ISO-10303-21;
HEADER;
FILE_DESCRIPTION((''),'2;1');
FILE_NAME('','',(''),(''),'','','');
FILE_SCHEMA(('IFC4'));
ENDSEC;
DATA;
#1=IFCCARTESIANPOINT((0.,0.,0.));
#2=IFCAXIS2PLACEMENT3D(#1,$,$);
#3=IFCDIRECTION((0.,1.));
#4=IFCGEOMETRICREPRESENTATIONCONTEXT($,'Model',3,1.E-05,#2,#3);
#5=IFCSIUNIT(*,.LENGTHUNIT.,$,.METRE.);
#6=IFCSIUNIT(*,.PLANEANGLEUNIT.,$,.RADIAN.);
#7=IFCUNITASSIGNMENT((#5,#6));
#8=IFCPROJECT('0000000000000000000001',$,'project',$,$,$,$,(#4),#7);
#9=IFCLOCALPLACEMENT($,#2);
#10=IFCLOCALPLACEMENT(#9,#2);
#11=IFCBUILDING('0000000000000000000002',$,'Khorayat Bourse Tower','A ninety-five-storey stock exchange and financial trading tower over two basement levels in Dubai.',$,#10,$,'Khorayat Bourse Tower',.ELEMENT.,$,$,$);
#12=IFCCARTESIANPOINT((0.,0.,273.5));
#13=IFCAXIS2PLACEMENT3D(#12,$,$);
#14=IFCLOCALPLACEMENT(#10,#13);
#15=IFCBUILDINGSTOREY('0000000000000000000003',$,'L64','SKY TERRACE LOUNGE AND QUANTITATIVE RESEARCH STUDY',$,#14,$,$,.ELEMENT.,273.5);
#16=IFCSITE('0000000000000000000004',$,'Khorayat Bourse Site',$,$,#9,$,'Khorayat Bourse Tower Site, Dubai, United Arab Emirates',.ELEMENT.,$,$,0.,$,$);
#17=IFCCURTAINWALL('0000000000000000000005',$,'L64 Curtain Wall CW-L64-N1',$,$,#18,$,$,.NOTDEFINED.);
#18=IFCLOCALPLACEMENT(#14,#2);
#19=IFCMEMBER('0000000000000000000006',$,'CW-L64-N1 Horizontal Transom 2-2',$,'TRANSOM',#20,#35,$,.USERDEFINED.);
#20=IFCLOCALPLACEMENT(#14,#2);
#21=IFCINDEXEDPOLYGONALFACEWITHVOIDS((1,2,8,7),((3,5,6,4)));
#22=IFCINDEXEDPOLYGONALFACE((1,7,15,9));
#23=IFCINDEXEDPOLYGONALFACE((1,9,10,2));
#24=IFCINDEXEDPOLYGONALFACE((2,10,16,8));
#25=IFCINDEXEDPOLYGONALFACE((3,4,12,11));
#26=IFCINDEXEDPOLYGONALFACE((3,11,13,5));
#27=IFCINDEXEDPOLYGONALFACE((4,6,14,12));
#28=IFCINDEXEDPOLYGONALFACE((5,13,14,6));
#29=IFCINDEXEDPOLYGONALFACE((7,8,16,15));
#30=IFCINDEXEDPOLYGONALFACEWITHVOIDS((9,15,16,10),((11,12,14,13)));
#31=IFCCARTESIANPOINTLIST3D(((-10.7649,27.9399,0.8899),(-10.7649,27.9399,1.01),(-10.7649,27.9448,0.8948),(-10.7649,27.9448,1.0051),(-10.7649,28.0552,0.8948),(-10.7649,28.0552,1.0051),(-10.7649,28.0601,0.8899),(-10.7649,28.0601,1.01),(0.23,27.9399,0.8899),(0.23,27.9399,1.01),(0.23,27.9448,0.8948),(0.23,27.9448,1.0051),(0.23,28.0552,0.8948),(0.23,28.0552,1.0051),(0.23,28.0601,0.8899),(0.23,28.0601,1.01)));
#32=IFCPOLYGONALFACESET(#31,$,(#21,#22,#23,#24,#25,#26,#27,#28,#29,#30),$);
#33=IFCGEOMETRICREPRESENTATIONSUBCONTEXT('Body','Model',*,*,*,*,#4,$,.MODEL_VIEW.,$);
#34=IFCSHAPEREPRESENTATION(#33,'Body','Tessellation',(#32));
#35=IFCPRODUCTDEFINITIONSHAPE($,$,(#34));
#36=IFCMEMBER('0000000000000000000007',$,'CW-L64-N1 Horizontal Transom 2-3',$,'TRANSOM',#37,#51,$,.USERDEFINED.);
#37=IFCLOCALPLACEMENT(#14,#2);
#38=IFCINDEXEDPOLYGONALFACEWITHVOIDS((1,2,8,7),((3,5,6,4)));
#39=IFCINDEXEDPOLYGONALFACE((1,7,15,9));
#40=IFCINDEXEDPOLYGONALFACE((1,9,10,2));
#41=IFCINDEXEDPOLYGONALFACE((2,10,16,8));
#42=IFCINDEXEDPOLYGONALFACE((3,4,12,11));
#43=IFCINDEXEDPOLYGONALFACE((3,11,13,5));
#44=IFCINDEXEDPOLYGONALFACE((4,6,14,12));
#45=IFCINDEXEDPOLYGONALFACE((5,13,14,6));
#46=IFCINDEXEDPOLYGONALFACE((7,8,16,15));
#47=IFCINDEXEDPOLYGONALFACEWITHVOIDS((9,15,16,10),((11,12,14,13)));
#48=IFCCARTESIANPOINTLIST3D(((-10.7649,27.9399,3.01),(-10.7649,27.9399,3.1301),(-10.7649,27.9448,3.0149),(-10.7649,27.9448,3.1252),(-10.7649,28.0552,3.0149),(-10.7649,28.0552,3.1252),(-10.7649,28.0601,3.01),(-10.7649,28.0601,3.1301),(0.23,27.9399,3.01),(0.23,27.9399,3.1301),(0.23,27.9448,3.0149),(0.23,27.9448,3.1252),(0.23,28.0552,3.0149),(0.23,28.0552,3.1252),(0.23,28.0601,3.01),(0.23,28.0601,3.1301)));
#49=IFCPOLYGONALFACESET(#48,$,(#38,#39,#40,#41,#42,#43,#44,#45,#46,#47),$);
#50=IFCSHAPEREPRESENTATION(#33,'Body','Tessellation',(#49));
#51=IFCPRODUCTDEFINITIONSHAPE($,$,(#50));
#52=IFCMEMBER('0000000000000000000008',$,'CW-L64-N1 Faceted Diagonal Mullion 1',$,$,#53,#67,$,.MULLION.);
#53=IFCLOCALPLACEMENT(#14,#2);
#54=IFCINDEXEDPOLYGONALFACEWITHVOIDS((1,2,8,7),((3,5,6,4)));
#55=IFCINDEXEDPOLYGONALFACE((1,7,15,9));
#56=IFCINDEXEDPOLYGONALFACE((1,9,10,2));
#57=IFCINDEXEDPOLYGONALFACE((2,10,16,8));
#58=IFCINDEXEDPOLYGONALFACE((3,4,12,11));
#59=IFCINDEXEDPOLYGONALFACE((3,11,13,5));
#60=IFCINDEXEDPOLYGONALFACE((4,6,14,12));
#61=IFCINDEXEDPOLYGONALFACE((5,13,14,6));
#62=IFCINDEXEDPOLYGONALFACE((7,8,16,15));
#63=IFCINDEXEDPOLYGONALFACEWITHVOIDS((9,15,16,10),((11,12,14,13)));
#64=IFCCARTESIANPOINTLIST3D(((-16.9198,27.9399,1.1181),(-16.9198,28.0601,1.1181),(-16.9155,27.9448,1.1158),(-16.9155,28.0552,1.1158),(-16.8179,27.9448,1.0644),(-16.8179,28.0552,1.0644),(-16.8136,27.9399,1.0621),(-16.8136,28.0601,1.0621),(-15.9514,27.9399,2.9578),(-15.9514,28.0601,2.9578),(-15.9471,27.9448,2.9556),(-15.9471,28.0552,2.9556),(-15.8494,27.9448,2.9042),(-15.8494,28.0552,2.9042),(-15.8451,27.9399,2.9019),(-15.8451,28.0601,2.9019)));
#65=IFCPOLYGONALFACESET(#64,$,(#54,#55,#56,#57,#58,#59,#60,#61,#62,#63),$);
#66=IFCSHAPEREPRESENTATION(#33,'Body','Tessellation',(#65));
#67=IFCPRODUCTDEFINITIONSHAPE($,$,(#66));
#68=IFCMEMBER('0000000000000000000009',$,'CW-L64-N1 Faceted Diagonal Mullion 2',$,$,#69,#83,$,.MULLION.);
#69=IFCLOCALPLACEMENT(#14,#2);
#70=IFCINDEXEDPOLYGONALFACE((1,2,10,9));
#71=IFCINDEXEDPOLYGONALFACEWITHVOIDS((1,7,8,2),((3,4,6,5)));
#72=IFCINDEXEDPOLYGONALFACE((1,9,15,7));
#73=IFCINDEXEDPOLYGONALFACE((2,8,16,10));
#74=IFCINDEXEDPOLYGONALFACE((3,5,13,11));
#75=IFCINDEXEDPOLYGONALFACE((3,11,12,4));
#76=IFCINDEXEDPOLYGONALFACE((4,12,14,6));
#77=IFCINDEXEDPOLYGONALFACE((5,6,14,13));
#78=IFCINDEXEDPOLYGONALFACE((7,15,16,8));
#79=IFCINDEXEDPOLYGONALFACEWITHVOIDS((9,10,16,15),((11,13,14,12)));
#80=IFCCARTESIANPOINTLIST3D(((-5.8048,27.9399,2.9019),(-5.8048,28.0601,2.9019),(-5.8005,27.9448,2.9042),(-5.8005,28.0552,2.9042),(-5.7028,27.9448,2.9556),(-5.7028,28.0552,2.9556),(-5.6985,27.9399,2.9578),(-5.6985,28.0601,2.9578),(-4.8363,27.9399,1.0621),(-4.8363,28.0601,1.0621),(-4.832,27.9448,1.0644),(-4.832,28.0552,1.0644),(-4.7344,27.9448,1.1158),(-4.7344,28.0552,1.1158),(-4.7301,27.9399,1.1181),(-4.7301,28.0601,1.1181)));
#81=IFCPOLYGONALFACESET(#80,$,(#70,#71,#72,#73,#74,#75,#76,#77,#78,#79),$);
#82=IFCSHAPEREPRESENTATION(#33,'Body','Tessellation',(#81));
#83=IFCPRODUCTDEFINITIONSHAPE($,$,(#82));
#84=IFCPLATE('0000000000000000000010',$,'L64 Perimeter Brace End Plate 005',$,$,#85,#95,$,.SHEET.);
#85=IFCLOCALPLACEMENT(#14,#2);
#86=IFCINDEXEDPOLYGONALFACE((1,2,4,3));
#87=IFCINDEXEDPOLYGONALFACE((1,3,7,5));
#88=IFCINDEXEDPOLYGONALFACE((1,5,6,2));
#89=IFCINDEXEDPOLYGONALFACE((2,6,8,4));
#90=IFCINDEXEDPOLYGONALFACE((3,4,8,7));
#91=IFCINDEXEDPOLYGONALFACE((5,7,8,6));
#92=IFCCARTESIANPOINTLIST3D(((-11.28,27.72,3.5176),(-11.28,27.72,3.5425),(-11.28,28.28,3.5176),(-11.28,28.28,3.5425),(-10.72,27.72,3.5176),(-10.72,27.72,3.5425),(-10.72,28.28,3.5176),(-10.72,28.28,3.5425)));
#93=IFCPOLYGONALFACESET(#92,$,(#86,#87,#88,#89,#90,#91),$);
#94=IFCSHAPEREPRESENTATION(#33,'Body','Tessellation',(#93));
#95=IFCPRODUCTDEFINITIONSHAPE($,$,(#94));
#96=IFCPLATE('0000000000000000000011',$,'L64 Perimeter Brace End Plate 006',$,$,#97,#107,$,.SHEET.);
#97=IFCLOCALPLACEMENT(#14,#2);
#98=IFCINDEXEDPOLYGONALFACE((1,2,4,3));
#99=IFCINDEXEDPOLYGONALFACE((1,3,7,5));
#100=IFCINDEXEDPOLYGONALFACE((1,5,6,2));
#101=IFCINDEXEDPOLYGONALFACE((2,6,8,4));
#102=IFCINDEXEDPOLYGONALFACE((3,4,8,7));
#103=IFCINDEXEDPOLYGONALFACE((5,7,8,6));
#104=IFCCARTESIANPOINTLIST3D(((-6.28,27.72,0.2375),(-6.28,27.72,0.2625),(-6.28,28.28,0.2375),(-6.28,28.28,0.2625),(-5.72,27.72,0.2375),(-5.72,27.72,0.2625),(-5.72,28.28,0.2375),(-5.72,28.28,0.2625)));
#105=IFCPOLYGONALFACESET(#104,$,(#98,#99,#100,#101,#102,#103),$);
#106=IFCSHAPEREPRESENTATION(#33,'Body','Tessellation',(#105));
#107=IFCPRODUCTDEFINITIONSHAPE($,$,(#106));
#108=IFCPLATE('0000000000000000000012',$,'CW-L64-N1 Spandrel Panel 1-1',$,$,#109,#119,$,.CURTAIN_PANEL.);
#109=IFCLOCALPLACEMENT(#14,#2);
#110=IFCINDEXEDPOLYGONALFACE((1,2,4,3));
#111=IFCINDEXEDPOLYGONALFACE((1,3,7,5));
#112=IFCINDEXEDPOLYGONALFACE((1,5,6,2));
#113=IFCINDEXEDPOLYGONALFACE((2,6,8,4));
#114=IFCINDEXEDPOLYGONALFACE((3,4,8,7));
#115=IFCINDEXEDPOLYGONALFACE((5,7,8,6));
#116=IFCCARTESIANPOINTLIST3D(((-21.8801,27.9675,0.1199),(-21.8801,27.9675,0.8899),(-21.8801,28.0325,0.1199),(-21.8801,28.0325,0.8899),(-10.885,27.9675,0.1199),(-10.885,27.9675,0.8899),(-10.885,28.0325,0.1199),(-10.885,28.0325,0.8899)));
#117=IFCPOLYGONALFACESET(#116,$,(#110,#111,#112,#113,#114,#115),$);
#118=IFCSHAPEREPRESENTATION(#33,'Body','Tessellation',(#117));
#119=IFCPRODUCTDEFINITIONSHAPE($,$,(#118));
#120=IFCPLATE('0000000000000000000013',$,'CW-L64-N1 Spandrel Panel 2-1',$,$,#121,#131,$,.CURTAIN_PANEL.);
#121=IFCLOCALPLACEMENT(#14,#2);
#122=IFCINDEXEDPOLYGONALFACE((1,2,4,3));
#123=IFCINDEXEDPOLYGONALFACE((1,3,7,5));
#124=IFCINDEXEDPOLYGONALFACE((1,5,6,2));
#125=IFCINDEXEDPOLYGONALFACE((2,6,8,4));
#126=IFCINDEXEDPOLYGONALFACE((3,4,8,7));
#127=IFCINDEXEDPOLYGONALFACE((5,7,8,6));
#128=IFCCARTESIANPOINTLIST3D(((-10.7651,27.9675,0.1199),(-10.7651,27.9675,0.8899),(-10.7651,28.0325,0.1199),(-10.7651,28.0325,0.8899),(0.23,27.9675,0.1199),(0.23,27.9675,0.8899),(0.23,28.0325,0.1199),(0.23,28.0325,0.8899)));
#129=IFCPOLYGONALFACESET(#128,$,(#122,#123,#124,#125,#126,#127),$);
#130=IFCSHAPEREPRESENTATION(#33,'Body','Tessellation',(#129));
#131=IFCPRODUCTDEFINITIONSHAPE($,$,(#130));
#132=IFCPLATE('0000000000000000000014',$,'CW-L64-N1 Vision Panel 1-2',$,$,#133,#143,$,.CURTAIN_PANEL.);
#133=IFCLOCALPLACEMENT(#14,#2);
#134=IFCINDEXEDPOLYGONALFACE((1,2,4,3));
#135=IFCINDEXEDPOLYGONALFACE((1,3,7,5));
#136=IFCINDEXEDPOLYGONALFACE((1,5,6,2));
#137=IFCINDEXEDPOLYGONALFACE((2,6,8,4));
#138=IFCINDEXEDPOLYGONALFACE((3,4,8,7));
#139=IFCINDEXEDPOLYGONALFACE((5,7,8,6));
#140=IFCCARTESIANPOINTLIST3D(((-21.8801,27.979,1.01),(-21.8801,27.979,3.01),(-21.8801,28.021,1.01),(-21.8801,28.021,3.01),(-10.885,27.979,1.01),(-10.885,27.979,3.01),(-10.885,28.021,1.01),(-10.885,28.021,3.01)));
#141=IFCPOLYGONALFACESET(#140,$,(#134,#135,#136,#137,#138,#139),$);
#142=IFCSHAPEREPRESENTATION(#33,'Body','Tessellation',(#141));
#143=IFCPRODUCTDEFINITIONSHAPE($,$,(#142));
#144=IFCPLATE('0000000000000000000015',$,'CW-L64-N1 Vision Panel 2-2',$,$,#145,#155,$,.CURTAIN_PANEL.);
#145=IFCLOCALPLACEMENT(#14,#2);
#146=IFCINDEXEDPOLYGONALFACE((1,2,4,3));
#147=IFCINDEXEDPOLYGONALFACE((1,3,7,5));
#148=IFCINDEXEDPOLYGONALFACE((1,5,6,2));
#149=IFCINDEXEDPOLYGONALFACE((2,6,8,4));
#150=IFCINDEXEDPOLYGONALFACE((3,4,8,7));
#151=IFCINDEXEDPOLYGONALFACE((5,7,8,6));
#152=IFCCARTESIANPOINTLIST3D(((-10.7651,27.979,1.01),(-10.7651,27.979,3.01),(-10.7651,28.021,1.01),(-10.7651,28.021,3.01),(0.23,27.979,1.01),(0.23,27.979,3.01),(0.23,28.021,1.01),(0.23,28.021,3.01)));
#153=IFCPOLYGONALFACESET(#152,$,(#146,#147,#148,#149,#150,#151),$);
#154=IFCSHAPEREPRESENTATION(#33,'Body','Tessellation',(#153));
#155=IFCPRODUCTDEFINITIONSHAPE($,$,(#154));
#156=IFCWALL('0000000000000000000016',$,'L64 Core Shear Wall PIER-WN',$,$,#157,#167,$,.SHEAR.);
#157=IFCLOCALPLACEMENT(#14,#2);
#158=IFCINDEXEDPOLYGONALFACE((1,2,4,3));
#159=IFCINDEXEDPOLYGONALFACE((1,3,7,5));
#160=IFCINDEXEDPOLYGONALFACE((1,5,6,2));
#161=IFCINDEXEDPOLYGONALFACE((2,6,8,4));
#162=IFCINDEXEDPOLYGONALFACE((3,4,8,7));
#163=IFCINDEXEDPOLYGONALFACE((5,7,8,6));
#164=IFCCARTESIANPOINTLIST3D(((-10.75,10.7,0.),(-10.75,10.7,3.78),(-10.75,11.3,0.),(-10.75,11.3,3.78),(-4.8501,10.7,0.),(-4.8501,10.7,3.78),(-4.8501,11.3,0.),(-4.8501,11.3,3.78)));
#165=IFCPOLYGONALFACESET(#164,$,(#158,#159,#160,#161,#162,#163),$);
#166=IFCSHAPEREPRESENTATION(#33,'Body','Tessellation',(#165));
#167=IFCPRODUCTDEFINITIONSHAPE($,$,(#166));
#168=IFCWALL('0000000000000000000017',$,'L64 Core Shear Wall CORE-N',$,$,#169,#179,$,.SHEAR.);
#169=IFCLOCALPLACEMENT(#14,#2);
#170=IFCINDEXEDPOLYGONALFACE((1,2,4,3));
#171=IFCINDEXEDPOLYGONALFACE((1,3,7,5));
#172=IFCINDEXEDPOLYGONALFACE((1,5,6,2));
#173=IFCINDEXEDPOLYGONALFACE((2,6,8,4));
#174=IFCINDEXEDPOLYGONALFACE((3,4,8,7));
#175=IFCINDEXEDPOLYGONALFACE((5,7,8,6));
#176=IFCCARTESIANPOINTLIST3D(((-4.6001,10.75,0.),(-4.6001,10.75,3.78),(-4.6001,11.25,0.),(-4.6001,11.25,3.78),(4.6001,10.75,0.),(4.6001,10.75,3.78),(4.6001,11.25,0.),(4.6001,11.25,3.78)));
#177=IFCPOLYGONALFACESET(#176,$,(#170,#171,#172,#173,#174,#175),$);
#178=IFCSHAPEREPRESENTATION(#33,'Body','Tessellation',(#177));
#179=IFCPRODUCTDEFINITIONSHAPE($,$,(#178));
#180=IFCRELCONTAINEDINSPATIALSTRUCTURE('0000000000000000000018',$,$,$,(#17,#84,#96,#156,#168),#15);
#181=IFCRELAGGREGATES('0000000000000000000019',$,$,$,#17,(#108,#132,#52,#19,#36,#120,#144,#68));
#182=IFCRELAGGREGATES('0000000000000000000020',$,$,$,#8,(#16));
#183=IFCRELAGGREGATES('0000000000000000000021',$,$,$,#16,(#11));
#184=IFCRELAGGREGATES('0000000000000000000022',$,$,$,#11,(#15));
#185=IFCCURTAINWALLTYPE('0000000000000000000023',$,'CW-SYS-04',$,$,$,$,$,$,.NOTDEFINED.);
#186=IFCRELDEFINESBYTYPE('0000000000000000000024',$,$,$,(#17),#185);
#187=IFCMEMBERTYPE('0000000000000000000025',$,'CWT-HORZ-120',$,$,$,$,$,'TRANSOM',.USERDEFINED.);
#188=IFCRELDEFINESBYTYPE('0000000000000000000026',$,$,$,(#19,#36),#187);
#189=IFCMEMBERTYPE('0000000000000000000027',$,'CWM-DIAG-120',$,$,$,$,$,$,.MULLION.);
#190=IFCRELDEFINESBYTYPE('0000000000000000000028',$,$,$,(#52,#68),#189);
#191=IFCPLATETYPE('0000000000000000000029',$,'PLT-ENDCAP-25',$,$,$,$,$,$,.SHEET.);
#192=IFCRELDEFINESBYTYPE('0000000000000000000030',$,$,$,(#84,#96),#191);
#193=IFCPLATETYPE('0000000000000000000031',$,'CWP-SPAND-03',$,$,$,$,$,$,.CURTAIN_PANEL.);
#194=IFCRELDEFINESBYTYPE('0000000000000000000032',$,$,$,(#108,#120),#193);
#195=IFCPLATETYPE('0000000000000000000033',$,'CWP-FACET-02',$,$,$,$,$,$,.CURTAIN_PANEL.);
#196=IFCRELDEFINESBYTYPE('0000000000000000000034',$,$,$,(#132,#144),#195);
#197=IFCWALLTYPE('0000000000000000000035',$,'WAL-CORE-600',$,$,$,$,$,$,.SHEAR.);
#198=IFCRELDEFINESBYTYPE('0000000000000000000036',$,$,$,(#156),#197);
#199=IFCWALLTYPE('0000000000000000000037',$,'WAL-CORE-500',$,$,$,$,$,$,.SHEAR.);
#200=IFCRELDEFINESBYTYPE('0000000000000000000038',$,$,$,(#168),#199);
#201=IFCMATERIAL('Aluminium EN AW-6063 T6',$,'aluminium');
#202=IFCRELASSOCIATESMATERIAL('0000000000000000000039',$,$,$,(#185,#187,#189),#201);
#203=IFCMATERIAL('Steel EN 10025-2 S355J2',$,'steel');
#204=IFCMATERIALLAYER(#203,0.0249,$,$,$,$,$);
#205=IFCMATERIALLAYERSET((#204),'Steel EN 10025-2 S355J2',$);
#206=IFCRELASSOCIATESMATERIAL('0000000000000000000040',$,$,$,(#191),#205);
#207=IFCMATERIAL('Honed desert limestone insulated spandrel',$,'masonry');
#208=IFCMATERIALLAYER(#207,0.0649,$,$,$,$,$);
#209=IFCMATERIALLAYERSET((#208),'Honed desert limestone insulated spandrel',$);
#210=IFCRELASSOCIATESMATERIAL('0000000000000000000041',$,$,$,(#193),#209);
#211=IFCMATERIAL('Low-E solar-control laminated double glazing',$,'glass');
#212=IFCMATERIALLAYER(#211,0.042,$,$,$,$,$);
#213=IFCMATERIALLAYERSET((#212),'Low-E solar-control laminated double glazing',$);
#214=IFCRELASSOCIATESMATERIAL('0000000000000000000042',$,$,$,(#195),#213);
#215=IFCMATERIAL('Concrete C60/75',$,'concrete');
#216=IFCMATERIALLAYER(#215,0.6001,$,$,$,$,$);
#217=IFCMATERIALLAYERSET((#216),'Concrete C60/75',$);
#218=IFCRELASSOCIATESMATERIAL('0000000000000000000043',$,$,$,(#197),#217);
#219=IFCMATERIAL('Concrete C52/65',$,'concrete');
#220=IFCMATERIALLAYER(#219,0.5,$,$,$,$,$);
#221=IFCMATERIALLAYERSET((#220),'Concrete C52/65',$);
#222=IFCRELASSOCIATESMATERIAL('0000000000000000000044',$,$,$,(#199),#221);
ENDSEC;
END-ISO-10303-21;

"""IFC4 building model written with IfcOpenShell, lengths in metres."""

from ifc_helpers import new_model, si_unit, direction, frame, frame_2d, origin, origin_2d, place, context, subcontext, project, spatial, rectangle, hollow_rectangle, extrude, source, transform, mapped, material, layer, layer_set, material_profile, profile_set, type_object, element, aggregate, save


model = new_model("IFC4")

# Units and contexts
model_context = context("Model", 3, precision=1e-05, world=origin(), true_north=direction((0.0, 1.0)))
body_context = subcontext(model_context, "Body", "Model", "MODEL_VIEW")
ifc_project = project(units=[si_unit("LENGTHUNIT", "METRE"), si_unit("PLANEANGLEUNIT", "RADIAN")], contexts=[model_context])

# Site, building, storey
site_placement = place(None, origin())
site = spatial("IfcSite", under=ifc_project, at=site_placement, Name="Khorayat Bourse Site", LongName="Khorayat Bourse Tower Site, Dubai, United Arab Emirates", CompositionType="ELEMENT", RefElevation=0.0)
building_placement = place(site_placement, origin())
building = spatial("IfcBuilding", under=site, at=building_placement, Name="Khorayat Bourse Tower", Description="A ninety-five-storey stock exchange and financial trading tower over two basement levels in Dubai.", LongName="Khorayat Bourse Tower", CompositionType="ELEMENT")
storey_placement = place(building_placement, frame((0.0, 0.0, 273.5)))
storey = spatial("IfcBuildingStorey", under=building, at=storey_placement, Name="L64", Description="SKY TERRACE LOUNGE AND QUANTITATIVE RESEARCH STUDY", CompositionType="ELEMENT", Elevation=273.5)

# Shared definitions
ifc_material_1 = material(Name="Concrete C52/65", Category="concrete")

# Shared definitions
ifc_material_2 = material(Name="Concrete C60/75", Category="concrete")

# Curtain wall, members
ifc_material_3 = material(Name="Aluminium EN AW-6063 T6", Category="aluminium")
curtain_wall_type = type_object("IfcCurtainWallType", Name="CW-SYS-04", PredefinedType="NOTDEFINED", material=ifc_material_3)
curtain_wall_placement = place(storey_placement, origin())
curtain_wall = element("IfcCurtainWall", 1, at=curtain_wall_placement, inside=storey, type_object=curtain_wall_type, Name="L64 Curtain Wall CW-L64-N1", PredefinedType="NOTDEFINED")
ifc_material_profile_1 = material_profile(ifc_material_3, hollow_rectangle(XDim=0.1201, YDim=0.1201, WallThickness=0.0049, at=origin_2d()), Name="ALU 120x120x5")
ifc_profile_set_1 = profile_set([ifc_material_profile_1], Name="Aluminium EN AW-6063 T6")
member_type_1 = type_object("IfcMemberType", Name="CWT-HORZ-120", ElementType="TRANSOM", PredefinedType="USERDEFINED", material=ifc_profile_set_1)
shared_shape_1 = source(origin(), body_context, "Body", "SweptSolid", [
    extrude(hollow_rectangle(XDim=0.1201, YDim=0.1201, WallThickness=0.0049, at=origin_2d()), origin(), (0.0, 0.0, 1.0), 10.9949),
])
member_1_placement = place(storey_placement, frame((-10.7649, 28.0, 0.95), z_axis=(1.0, 0.0, 0.0), x_axis=(0.0, 1.0, 0.0)))
member_1 = element("IfcMember", 2, at=member_1_placement, type_object=member_type_1, Name="CW-L64-N1 Horizontal Transom 2-2", ObjectType="TRANSOM", PredefinedType="USERDEFINED", context=body_context, shape_type="MappedRepresentation", body=[
    mapped(shared_shape_1, transform((0.0, 0.0, 0.0), scale=1.0)),
])
member_2_placement = place(storey_placement, frame((-10.7649, 28.0, 3.0701), z_axis=(1.0, 0.0, 0.0), x_axis=(0.0, 1.0, 0.0)))
member_2 = element("IfcMember", 3, at=member_2_placement, type_object=member_type_1, Name="CW-L64-N1 Horizontal Transom 2-3", ObjectType="TRANSOM", PredefinedType="USERDEFINED", context=body_context, shape_type="MappedRepresentation", body=[
    mapped(shared_shape_1, transform((0.0, 0.0, 0.0), scale=1.0)),
])
ifc_material_profile_2 = material_profile(ifc_material_3, hollow_rectangle(XDim=0.1201, YDim=0.1201, WallThickness=0.0049, at=origin_2d()), Name="ALU 120x120x5")
ifc_profile_set_2 = profile_set([ifc_material_profile_2], Name="Aluminium EN AW-6063 T6")
member_type_2 = type_object("IfcMemberType", Name="CWM-DIAG-120", PredefinedType="MULLION", material=ifc_profile_set_2)
shared_shape_2 = source(origin(), body_context, "Body", "SweptSolid", [
    extrude(hollow_rectangle(XDim=0.1201, YDim=0.1201, WallThickness=0.0049, at=origin_2d()), origin(), (0.0, 0.0, 1.0), 2.0791),
])
member_3_placement = place(storey_placement, frame((-16.8667, 28.0, 1.0901), z_axis=(0.465809, 0.0, 0.884885), x_axis=(0.0, 1.0, 0.0)))
member_3 = element("IfcMember", 4, at=member_3_placement, type_object=member_type_2, Name="CW-L64-N1 Faceted Diagonal Mullion 1", PredefinedType="MULLION", context=body_context, shape_type="MappedRepresentation", body=[
    mapped(shared_shape_2, transform((0.0, 0.0, 0.0), scale=1.0)),
])
member_4_placement = place(storey_placement, frame((-4.7832, 28.0, 1.0901), z_axis=(-0.465809, 0.0, 0.884885), x_axis=(0.0, -1.0, 0.0)))
member_4 = element("IfcMember", 5, at=member_4_placement, type_object=member_type_2, Name="CW-L64-N1 Faceted Diagonal Mullion 2", PredefinedType="MULLION", context=body_context, shape_type="MappedRepresentation", body=[
    mapped(shared_shape_2, transform((0.0, 0.0, 0.0), scale=1.0)),
])

# Plates
ifc_material_4 = material(Name="Steel EN 10025-2 S355J2", Category="steel")
ifc_layer_1 = layer(ifc_material_4, 0.0249)
ifc_layer_set_1 = layer_set([ifc_layer_1], Name="Steel EN 10025-2 S355J2")
plate_type_1 = type_object("IfcPlateType", Name="PLT-ENDCAP-25", PredefinedType="SHEET", material=ifc_layer_set_1)
shared_shape_3 = source(origin(), body_context, "Body", "SweptSolid", [
    extrude(rectangle(XDim=0.5601, YDim=0.5601, at=origin_2d()), origin(), (0.0, 0.0, 1.0), 0.0249),
])
for number, where, z_axis, x_axis, name in (
    (6, (-11.0, 28.0, 3.5176), (0.0, 0.0, 1.0), (1.0, 0.0, 0.0), "L64 Perimeter Brace End Plate 005"),
    (7, (-6.0, 28.0, 0.2375), (0.0, 0.0, 1.0), (1.0, 0.0, 0.0), "L64 Perimeter Brace End Plate 006"),
):
    element("IfcPlate", number, at=place(storey_placement, frame(where, z_axis=z_axis, x_axis=x_axis)), inside=storey, type_object=plate_type_1, Name=name, PredefinedType="SHEET", context=body_context, shape_type="MappedRepresentation", body=[
        mapped(shared_shape_3, transform((0.0, 0.0, 0.0), scale=1.0)),
    ])

# Plates
ifc_material_5 = material(Name="Honed desert limestone insulated spandrel", Category="masonry")
ifc_layer_2 = layer(ifc_material_5, 0.0649)
ifc_layer_set_2 = layer_set([ifc_layer_2], Name="Honed desert limestone insulated spandrel")
plate_type_2 = type_object("IfcPlateType", Name="CWP-SPAND-03", PredefinedType="CURTAIN_PANEL", material=ifc_layer_set_2)
shared_shape_4 = source(origin(), body_context, "Body", "SweptSolid", [
    extrude(rectangle(XDim=10.9951, YDim=0.0649, at=origin_2d()), origin(), (0.0, 0.0, 1.0), 0.77),
])
plate_1_placement = place(storey_placement, frame((-16.3826, 28.0, 0.1199), z_axis=(0.0, 0.0, 1.0), x_axis=(1.0, 0.0, 0.0)))
plate_1 = element("IfcPlate", 8, at=plate_1_placement, type_object=plate_type_2, Name="CW-L64-N1 Spandrel Panel 1-1", PredefinedType="CURTAIN_PANEL", context=body_context, shape_type="MappedRepresentation", body=[
    mapped(shared_shape_4, transform((0.0, 0.0, 0.0), scale=1.0)),
])
plate_2_placement = place(storey_placement, frame((-5.2676, 28.0, 0.1199), z_axis=(0.0, 0.0, 1.0), x_axis=(1.0, 0.0, 0.0)))
plate_2 = element("IfcPlate", 9, at=plate_2_placement, type_object=plate_type_2, Name="CW-L64-N1 Spandrel Panel 2-1", PredefinedType="CURTAIN_PANEL", context=body_context, shape_type="MappedRepresentation", body=[
    mapped(shared_shape_4, transform((0.0, 0.0, 0.0), scale=1.0)),
])
ifc_material_6 = material(Name="Low-E solar-control laminated double glazing", Category="glass")
ifc_layer_3 = layer(ifc_material_6, 0.042)
ifc_layer_set_3 = layer_set([ifc_layer_3], Name="Low-E solar-control laminated double glazing")
plate_type_3 = type_object("IfcPlateType", Name="CWP-FACET-02", PredefinedType="CURTAIN_PANEL", material=ifc_layer_set_3)
shared_shape_5 = source(origin(), body_context, "Body", "SweptSolid", [
    extrude(rectangle(XDim=10.9951, YDim=0.042, at=origin_2d()), origin(), (0.0, 0.0, 1.0), 2.0),
])
plate_3_placement = place(storey_placement, frame((-16.3826, 28.0, 1.01), z_axis=(0.0, 0.0, 1.0), x_axis=(1.0, 0.0, 0.0)))
plate_3 = element("IfcPlate", 10, at=plate_3_placement, type_object=plate_type_3, Name="CW-L64-N1 Vision Panel 1-2", PredefinedType="CURTAIN_PANEL", context=body_context, shape_type="MappedRepresentation", body=[
    mapped(shared_shape_5, transform((0.0, 0.0, 0.0), scale=1.0)),
])
plate_4_placement = place(storey_placement, frame((-5.2676, 28.0, 1.01), z_axis=(0.0, 0.0, 1.0), x_axis=(1.0, 0.0, 0.0)))
plate_4 = element("IfcPlate", 11, at=plate_4_placement, type_object=plate_type_3, Name="CW-L64-N1 Vision Panel 2-2", PredefinedType="CURTAIN_PANEL", context=body_context, shape_type="MappedRepresentation", body=[
    mapped(shared_shape_5, transform((0.0, 0.0, 0.0), scale=1.0)),
])
aggregate(curtain_wall, [plate_1, plate_3, member_3, member_1, member_2, plate_2, plate_4, member_4])

# Walls
ifc_layer_4 = layer(ifc_material_2, 0.6001)
ifc_layer_set_4 = layer_set([ifc_layer_4], Name="Concrete C60/75")
wall_type_1 = type_object("IfcWallType", Name="WAL-CORE-600", PredefinedType="SHEAR", material=ifc_layer_set_4)
shared_shape_6 = source(origin(), body_context, "Body", "SweptSolid", [
    extrude(rectangle(XDim=5.8999, YDim=0.6001, at=frame_2d((2.95, 0.0))), origin(), (0.0, 0.0, 1.0), 3.78),
])
wall_1_placement = place(storey_placement, frame((-10.75, 11.0, 0.0), z_axis=(0.0, 0.0, 1.0), x_axis=(1.0, 0.0, 0.0)))
element("IfcWall", 12, at=wall_1_placement, inside=storey, type_object=wall_type_1, Name="L64 Core Shear Wall PIER-WN", PredefinedType="SHEAR", context=body_context, shape_type="MappedRepresentation", body=[
    mapped(shared_shape_6, transform((0.0, 0.0, 0.0), scale=1.0)),
])
ifc_layer_5 = layer(ifc_material_1, 0.5)
ifc_layer_set_5 = layer_set([ifc_layer_5], Name="Concrete C52/65")
wall_type_2 = type_object("IfcWallType", Name="WAL-CORE-500", PredefinedType="SHEAR", material=ifc_layer_set_5)
shared_shape_7 = source(origin(), body_context, "Body", "SweptSolid", [
    extrude(rectangle(XDim=9.2002, YDim=0.5, at=frame_2d((4.6001, 0.0))), origin(), (0.0, 0.0, 1.0), 3.78),
])
wall_2_placement = place(storey_placement, frame((-4.6001, 11.0, 0.0), z_axis=(0.0, 0.0, 1.0), x_axis=(1.0, 0.0, 0.0)))
element("IfcWall", 13, at=wall_2_placement, inside=storey, type_object=wall_type_2, Name="L64 Core Shear Wall CORE-N", PredefinedType="SHEAR", context=body_context, shape_type="MappedRepresentation", body=[
    mapped(shared_shape_7, transform((0.0, 0.0, 0.0), scale=1.0)),
])

save(model, "model.ifc")
